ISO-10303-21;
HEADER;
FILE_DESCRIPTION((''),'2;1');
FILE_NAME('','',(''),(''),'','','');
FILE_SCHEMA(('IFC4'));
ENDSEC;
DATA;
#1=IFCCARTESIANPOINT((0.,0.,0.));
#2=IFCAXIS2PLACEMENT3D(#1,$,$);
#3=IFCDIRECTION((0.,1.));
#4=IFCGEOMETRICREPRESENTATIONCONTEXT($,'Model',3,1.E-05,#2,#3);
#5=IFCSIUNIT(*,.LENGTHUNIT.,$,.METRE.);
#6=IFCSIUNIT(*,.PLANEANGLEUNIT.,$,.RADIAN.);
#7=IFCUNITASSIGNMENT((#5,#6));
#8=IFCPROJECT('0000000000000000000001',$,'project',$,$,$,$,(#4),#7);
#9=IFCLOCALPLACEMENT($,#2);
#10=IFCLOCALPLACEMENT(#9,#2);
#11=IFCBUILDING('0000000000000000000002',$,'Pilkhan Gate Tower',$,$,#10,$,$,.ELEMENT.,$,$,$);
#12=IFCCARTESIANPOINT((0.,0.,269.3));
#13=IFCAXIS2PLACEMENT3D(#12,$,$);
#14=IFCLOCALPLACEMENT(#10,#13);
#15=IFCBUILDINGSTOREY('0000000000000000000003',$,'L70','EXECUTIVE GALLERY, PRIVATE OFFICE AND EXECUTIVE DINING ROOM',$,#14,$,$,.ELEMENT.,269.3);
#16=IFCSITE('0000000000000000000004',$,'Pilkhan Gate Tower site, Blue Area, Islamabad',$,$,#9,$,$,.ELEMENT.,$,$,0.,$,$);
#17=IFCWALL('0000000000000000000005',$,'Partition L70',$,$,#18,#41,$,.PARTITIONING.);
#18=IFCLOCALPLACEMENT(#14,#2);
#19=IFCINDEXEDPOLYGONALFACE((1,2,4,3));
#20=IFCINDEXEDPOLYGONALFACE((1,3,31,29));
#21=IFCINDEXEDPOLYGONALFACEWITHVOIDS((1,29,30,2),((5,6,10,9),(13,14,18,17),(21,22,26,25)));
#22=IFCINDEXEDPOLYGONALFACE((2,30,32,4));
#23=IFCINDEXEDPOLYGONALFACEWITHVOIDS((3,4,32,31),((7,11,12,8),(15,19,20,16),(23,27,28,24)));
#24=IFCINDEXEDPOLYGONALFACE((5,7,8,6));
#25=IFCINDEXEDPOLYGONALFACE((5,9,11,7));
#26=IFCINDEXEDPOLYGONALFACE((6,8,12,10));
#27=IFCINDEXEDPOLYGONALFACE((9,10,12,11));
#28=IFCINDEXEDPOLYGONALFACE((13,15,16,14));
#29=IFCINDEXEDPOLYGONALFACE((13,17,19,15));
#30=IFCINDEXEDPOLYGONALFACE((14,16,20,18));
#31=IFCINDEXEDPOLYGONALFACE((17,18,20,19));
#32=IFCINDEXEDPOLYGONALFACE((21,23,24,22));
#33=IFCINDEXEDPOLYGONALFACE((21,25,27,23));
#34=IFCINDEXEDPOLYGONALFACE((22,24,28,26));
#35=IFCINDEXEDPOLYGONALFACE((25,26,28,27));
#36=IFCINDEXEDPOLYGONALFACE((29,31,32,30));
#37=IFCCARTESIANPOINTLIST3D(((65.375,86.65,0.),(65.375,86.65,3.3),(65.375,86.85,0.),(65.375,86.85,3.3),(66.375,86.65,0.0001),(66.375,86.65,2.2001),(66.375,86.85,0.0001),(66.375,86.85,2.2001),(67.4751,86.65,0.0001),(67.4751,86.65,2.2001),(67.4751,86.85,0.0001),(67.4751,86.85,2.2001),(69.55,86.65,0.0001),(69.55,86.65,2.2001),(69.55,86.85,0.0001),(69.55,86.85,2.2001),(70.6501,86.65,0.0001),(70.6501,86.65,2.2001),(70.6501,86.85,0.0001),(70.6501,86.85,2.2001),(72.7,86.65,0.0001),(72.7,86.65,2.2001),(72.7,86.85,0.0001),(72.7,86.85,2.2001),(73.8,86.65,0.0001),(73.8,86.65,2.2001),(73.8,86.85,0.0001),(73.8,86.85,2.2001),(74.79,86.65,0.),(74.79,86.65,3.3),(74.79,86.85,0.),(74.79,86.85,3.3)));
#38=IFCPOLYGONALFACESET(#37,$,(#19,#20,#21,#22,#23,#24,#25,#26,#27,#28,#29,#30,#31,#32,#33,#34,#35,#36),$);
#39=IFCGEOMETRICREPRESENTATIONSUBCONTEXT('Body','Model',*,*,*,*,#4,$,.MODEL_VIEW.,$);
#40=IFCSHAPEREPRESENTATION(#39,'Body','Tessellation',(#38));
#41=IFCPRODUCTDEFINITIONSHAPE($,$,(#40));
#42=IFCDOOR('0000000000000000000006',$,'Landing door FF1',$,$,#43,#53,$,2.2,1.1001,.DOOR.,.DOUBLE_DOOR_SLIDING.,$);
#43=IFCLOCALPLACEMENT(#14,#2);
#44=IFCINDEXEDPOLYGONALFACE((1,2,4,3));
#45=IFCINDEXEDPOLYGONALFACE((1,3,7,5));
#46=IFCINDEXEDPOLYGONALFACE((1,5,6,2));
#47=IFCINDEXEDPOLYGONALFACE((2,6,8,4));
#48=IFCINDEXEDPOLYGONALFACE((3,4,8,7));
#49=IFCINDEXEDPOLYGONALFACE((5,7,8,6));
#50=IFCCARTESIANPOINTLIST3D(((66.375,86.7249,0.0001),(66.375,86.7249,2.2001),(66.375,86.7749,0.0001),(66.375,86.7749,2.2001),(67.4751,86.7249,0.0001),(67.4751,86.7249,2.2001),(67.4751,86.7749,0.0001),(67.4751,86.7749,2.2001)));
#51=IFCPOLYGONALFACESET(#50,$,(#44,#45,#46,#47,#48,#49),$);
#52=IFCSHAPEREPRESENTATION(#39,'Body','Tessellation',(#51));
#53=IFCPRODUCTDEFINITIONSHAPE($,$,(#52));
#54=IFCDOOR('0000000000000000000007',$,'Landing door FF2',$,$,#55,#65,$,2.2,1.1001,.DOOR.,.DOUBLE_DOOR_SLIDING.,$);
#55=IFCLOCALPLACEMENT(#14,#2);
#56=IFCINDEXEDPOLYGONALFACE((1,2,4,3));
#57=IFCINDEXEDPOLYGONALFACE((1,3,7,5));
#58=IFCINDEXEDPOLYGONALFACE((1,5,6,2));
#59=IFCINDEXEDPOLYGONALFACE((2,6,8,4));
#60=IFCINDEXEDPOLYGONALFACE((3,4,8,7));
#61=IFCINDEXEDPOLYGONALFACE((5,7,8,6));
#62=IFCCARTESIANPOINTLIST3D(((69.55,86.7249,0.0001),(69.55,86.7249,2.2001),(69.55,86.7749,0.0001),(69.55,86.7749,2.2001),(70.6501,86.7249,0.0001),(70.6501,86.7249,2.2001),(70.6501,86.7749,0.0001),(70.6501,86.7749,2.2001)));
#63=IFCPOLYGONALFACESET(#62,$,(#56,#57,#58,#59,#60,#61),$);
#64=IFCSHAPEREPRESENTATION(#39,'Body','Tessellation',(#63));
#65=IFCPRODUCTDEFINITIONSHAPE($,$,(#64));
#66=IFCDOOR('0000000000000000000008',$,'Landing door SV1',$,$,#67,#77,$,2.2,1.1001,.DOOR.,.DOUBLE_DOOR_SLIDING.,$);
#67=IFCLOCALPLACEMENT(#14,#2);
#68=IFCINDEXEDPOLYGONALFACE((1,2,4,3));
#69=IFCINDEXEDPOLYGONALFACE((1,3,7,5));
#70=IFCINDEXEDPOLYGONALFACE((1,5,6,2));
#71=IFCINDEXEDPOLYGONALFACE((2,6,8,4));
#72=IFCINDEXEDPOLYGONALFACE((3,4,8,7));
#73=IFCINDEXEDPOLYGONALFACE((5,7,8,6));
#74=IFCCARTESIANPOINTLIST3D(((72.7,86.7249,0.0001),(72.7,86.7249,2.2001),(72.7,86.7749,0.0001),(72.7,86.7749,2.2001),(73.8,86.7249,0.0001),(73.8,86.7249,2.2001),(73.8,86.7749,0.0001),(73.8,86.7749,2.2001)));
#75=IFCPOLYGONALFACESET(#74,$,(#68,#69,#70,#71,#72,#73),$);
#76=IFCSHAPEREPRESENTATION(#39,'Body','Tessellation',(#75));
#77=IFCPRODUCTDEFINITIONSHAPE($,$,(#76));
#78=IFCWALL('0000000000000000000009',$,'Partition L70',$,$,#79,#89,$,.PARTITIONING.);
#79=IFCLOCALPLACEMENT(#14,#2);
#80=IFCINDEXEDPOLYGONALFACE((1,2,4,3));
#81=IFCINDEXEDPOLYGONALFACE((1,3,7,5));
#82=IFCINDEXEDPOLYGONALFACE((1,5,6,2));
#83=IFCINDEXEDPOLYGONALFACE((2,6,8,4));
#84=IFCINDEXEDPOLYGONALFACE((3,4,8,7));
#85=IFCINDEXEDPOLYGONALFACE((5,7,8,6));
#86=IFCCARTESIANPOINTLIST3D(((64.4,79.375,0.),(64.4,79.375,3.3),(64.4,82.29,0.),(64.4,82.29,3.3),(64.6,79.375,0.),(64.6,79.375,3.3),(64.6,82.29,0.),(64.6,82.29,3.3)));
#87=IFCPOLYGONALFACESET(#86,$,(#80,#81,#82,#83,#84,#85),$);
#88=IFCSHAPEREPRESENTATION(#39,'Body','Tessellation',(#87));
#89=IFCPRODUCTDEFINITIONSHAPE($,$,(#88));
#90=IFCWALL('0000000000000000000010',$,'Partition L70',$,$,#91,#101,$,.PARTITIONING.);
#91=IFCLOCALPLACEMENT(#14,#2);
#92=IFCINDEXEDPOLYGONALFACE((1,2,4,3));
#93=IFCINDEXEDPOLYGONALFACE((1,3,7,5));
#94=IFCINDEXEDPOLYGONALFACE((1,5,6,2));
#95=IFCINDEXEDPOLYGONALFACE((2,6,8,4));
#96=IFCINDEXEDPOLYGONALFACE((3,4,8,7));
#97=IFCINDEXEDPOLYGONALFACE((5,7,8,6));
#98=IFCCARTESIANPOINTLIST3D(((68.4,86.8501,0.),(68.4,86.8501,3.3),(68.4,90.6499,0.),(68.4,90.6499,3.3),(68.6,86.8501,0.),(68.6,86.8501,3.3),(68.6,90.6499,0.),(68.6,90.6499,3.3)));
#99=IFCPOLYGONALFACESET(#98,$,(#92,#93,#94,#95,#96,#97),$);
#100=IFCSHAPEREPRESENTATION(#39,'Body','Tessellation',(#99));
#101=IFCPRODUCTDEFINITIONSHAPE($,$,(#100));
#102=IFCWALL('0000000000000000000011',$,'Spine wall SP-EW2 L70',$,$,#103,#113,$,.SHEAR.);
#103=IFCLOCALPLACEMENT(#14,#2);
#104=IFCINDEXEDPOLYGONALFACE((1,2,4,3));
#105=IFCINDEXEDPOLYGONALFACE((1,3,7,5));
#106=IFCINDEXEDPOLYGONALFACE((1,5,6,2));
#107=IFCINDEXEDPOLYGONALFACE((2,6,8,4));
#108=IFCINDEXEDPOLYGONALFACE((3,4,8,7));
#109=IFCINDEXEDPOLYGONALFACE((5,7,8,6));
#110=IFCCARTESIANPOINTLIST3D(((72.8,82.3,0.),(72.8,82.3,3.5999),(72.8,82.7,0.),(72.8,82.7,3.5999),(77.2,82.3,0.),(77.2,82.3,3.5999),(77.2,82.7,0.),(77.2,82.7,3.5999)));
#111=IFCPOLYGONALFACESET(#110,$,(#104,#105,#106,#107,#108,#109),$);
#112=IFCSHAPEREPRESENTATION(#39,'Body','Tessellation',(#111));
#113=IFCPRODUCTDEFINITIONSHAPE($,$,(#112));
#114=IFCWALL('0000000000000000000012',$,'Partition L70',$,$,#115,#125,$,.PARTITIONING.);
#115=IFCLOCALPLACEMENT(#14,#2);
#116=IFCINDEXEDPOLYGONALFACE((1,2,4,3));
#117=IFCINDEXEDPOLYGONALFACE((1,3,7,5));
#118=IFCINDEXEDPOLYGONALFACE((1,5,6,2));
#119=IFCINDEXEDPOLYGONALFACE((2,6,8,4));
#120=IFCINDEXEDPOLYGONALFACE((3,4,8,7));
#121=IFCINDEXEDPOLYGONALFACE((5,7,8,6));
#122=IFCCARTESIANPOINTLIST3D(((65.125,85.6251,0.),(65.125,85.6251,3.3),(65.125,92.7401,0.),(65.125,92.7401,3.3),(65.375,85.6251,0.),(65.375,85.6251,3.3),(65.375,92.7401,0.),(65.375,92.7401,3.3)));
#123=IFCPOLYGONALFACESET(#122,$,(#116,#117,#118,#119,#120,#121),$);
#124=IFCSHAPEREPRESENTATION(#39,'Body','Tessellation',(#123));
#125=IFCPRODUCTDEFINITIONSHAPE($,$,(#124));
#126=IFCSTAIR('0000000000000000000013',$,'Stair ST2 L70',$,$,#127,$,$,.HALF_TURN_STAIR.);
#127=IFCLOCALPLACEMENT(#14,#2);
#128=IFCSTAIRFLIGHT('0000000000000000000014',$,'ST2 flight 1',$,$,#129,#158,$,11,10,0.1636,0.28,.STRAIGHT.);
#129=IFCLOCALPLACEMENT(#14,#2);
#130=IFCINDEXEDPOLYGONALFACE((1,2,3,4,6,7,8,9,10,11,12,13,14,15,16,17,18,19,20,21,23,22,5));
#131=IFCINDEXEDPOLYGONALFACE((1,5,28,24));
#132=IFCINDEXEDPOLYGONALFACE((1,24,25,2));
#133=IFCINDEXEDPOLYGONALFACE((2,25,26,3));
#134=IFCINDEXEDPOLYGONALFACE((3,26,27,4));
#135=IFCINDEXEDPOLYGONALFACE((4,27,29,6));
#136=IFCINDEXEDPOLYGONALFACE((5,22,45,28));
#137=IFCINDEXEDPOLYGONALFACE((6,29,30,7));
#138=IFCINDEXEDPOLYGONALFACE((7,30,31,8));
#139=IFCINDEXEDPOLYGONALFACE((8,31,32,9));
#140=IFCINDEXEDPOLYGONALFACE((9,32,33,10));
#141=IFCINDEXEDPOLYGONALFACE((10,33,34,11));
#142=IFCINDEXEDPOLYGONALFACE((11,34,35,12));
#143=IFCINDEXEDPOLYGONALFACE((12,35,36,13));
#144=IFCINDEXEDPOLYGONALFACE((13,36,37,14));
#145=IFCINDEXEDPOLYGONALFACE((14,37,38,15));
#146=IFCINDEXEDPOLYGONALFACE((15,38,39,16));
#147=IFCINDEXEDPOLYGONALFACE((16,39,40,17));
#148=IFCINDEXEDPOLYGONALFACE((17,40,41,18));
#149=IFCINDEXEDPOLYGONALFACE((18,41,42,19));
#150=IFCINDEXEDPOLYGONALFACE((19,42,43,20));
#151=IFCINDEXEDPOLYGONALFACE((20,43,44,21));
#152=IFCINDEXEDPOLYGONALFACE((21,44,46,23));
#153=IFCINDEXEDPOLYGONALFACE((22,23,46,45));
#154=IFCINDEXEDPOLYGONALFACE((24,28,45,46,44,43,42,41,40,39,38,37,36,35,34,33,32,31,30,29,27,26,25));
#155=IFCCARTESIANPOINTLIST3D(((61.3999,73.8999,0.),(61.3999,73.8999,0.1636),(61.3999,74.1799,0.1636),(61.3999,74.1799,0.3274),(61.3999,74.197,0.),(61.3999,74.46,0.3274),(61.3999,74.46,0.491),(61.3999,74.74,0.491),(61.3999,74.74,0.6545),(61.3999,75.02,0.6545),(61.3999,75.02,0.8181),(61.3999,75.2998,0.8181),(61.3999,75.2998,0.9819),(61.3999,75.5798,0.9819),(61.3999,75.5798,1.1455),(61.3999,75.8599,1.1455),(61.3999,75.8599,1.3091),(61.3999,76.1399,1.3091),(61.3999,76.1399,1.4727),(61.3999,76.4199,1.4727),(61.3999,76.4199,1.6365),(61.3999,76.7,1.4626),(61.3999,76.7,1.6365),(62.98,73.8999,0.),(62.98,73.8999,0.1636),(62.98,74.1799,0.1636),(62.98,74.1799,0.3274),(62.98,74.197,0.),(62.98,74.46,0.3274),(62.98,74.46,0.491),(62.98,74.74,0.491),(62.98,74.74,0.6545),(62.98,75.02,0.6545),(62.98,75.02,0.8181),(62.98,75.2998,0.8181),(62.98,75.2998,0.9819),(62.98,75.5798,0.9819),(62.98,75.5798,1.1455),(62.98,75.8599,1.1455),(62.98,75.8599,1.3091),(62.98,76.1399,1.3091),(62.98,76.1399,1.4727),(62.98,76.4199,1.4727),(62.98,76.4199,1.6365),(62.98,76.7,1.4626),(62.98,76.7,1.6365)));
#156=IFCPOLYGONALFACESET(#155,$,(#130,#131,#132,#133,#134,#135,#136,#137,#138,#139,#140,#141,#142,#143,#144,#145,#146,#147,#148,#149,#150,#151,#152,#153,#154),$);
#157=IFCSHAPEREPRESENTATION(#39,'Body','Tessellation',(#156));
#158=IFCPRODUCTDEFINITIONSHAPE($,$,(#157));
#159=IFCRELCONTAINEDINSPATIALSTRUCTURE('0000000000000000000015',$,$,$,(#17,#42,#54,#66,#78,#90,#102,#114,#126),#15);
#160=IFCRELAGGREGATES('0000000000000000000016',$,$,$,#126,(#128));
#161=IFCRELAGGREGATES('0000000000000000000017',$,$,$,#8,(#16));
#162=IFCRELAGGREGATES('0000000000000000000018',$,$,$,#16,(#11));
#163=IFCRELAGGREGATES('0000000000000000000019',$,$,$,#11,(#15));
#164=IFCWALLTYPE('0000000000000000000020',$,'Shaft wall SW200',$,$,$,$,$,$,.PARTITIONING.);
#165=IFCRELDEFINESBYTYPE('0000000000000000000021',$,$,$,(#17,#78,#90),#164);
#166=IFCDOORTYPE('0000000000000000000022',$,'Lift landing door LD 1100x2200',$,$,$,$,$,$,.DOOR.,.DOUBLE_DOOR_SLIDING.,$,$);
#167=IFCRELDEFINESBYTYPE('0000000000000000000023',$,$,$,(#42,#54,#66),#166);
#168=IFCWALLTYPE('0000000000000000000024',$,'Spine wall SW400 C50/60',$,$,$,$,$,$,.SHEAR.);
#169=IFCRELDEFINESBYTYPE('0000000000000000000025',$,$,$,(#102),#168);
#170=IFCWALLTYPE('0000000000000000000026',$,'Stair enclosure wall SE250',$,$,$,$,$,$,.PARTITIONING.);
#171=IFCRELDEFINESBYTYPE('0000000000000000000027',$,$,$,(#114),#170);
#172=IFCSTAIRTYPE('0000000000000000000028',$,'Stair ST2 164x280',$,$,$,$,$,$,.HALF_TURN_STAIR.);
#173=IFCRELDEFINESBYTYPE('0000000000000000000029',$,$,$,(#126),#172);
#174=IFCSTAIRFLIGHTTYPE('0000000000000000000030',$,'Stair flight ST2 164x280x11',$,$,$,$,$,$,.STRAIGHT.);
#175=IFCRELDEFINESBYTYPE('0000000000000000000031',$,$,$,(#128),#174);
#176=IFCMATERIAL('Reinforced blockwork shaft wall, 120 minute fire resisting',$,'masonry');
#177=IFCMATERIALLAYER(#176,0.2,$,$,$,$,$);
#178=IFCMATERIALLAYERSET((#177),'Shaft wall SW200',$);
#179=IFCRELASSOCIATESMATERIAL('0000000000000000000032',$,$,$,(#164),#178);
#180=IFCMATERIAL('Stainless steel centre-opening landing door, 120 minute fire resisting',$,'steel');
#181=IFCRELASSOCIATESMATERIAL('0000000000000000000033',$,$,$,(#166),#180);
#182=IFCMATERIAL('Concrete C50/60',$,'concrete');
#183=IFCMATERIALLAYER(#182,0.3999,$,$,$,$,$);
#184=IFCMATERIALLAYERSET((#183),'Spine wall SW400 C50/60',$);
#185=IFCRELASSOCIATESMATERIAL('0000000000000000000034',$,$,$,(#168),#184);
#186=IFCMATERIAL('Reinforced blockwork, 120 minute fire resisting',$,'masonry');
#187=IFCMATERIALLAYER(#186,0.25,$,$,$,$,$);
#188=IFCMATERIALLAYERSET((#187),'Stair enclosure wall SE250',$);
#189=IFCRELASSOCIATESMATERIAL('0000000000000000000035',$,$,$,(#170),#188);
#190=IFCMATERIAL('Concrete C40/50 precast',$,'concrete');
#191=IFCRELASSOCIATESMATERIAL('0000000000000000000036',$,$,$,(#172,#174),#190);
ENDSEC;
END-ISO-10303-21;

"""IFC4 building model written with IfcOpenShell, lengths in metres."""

from ifc_helpers import new_model, si_unit, direction, frame, frame_2d, origin, place, context, subcontext, project, spatial, polyline, rectangle, outline, extrude, material, layer, layer_set, type_object, element, fill, aggregate, save


model = new_model("IFC4")

# Units and contexts
model_context = context("Model", 3, precision=1e-05, world=origin(), true_north=direction((0.0, 1.0)))
body_context = subcontext(model_context, "Body", "Model", "MODEL_VIEW")
ifc_project = project(units=[si_unit("LENGTHUNIT", "METRE"), si_unit("PLANEANGLEUNIT", "RADIAN")], contexts=[model_context])

# Site, building, storey
site_placement = place(None, origin())
site = spatial("IfcSite", under=ifc_project, at=site_placement, Name="Pilkhan Gate Tower site, Blue Area, Islamabad", CompositionType="ELEMENT", RefElevation=0.0)
building_placement = place(site_placement, origin())
building = spatial("IfcBuilding", under=site, at=building_placement, Name="Pilkhan Gate Tower", CompositionType="ELEMENT")
storey_placement = place(building_placement, frame((0.0, 0.0, 269.3)))
storey = spatial("IfcBuildingStorey", under=building, at=storey_placement, Name="L70", Description="EXECUTIVE GALLERY, PRIVATE OFFICE AND EXECUTIVE DINING ROOM", CompositionType="ELEMENT", Elevation=269.3)

# Shared definitions
ifc_material_1 = material(Name="Concrete C50/60", Category="concrete")

# Wall, openings, doors
ifc_material_2 = material(Name="Reinforced blockwork shaft wall, 120 minute fire resisting", Category="masonry")
ifc_layer_1 = layer(ifc_material_2, 0.2)
ifc_layer_set_1 = layer_set([ifc_layer_1], Name="Shaft wall SW200")
wall_type_1 = type_object("IfcWallType", Name="Shaft wall SW200", PredefinedType="PARTITIONING", material=ifc_layer_set_1)
wall_1_placement = place(storey_placement, frame((65.375, 86.75, 0.0), z_axis=(0.0, 0.0, 1.0), x_axis=(1.0, 0.0, 0.0)))
wall_1 = element("IfcWall", 1, at=wall_1_placement, inside=storey, type_object=wall_type_1, Name="Partition L70", PredefinedType="PARTITIONING", context=body_context, shape_type="SweptSolid", body=[
    extrude(rectangle(XDim=9.415, YDim=0.2, at=frame_2d((4.7075, 0.0))), origin(), (0.0, 0.0, 1.0), 3.3),
])
opening_1_placement = place(wall_1_placement, frame((1.0, 0.0, 0.0)))
opening_1 = element("IfcOpeningElement", 2, at=opening_1_placement, cuts=wall_1, PredefinedType="OPENING", context=body_context, shape_type="SweptSolid", body=[
    extrude(rectangle(XDim=1.1001, YDim=2.2, at=frame_2d((0.55, 1.1001))), frame((0.0, 0.1099, 0.0), z_axis=(0.0, -1.0, 0.0), x_axis=(1.0, 0.0, 0.0)), (0.0, 0.0, 1.0), 0.22),
])
opening_2_placement = place(wall_1_placement, frame((4.175, 0.0, 0.0)))
opening_2 = element("IfcOpeningElement", 3, at=opening_2_placement, cuts=wall_1, PredefinedType="OPENING", context=body_context, shape_type="SweptSolid", body=[
    extrude(rectangle(XDim=1.1001, YDim=2.2, at=frame_2d((0.55, 1.1001))), frame((0.0, 0.1099, 0.0), z_axis=(0.0, -1.0, 0.0), x_axis=(1.0, 0.0, 0.0)), (0.0, 0.0, 1.0), 0.22),
])
opening_3_placement = place(wall_1_placement, frame((7.325, 0.0, 0.0)))
opening_3 = element("IfcOpeningElement", 4, at=opening_3_placement, cuts=wall_1, PredefinedType="OPENING", context=body_context, shape_type="SweptSolid", body=[
    extrude(rectangle(XDim=1.1001, YDim=2.2, at=frame_2d((0.55, 1.1001))), frame((0.0, 0.1099, 0.0), z_axis=(0.0, -1.0, 0.0), x_axis=(1.0, 0.0, 0.0)), (0.0, 0.0, 1.0), 0.22),
])
ifc_material_3 = material(Name="Stainless steel centre-opening landing door, 120 minute fire resisting", Category="steel")
door_type_1 = type_object("IfcDoorType", Name="Lift landing door LD 1100x2200", OperationType="DOUBLE_DOOR_SLIDING", PredefinedType="DOOR", material=ifc_material_3)
door_1_placement = place(opening_1_placement, origin())
door_1 = element("IfcDoor", 5, at=door_1_placement, inside=storey, type_object=door_type_1, Name="Landing door FF1", OperationType="DOUBLE_DOOR_SLIDING", OverallHeight=2.2, OverallWidth=1.1001, PredefinedType="DOOR", context=body_context, shape_type="SweptSolid", body=[
    extrude(rectangle(XDim=1.1001, YDim=2.2, at=frame_2d((0.55, 1.1001))), frame((0.0, 0.0249, 0.0), z_axis=(0.0, -1.0, 0.0), x_axis=(1.0, 0.0, 0.0)), (0.0, 0.0, 1.0), 0.05),
])
fill(opening_1, door_1)
door_2_placement = place(opening_2_placement, origin())
door_2 = element("IfcDoor", 6, at=door_2_placement, inside=storey, type_object=door_type_1, Name="Landing door FF2", OperationType="DOUBLE_DOOR_SLIDING", OverallHeight=2.2, OverallWidth=1.1001, PredefinedType="DOOR", context=body_context, shape_type="SweptSolid", body=[
    extrude(rectangle(XDim=1.1001, YDim=2.2, at=frame_2d((0.55, 1.1001))), frame((0.0, 0.0249, 0.0), z_axis=(0.0, -1.0, 0.0), x_axis=(1.0, 0.0, 0.0)), (0.0, 0.0, 1.0), 0.05),
])
fill(opening_2, door_2)
door_3_placement = place(opening_3_placement, origin())
door_3 = element("IfcDoor", 7, at=door_3_placement, inside=storey, type_object=door_type_1, Name="Landing door SV1", OperationType="DOUBLE_DOOR_SLIDING", OverallHeight=2.2, OverallWidth=1.1001, PredefinedType="DOOR", context=body_context, shape_type="SweptSolid", body=[
    extrude(rectangle(XDim=1.1001, YDim=2.2, at=frame_2d((0.55, 1.1001))), frame((0.0, 0.0249, 0.0), z_axis=(0.0, -1.0, 0.0), x_axis=(1.0, 0.0, 0.0)), (0.0, 0.0, 1.0), 0.05),
])
fill(opening_3, door_3)

# Walls
wall_2_placement = place(storey_placement, frame((64.5, 79.375, 0.0), z_axis=(0.0, 0.0, 1.0), x_axis=(0.0, 1.0, 0.0)))
element("IfcWall", 8, at=wall_2_placement, inside=storey, type_object=wall_type_1, Name="Partition L70", PredefinedType="PARTITIONING", context=body_context, shape_type="SweptSolid", body=[
    extrude(rectangle(XDim=2.915, YDim=0.2, at=frame_2d((1.4575, 0.0))), origin(), (0.0, 0.0, 1.0), 3.3),
])
wall_3_placement = place(storey_placement, frame((68.5, 86.8501, 0.0), z_axis=(0.0, 0.0, 1.0), x_axis=(0.0, 1.0, 0.0)))
element("IfcWall", 9, at=wall_3_placement, inside=storey, type_object=wall_type_1, Name="Partition L70", PredefinedType="PARTITIONING", context=body_context, shape_type="SweptSolid", body=[
    extrude(rectangle(XDim=3.7998, YDim=0.2, at=frame_2d((1.8999, 0.0))), origin(), (0.0, 0.0, 1.0), 3.3),
])
ifc_layer_2 = layer(ifc_material_1, 0.3999)
ifc_layer_set_2 = layer_set([ifc_layer_2], Name="Spine wall SW400 C50/60")
wall_type_2 = type_object("IfcWallType", Name="Spine wall SW400 C50/60", PredefinedType="SHEAR", material=ifc_layer_set_2)
wall_4_placement = place(storey_placement, frame((72.8, 82.5, 0.0), z_axis=(0.0, 0.0, 1.0), x_axis=(1.0, 0.0, 0.0)))
element("IfcWall", 10, at=wall_4_placement, inside=storey, type_object=wall_type_2, Name="Spine wall SP-EW2 L70", PredefinedType="SHEAR", context=body_context, shape_type="SweptSolid", body=[
    extrude(rectangle(XDim=4.3999, YDim=0.3999, at=frame_2d((2.2, 0.0))), origin(), (0.0, 0.0, 1.0), 3.5999),
])
ifc_material_4 = material(Name="Reinforced blockwork, 120 minute fire resisting", Category="masonry")
ifc_layer_3 = layer(ifc_material_4, 0.25)
ifc_layer_set_3 = layer_set([ifc_layer_3], Name="Stair enclosure wall SE250")
wall_type_3 = type_object("IfcWallType", Name="Stair enclosure wall SE250", PredefinedType="PARTITIONING", material=ifc_layer_set_3)
wall_5_placement = place(storey_placement, frame((65.25, 85.625, 0.0), z_axis=(0.0, 0.0, 1.0), x_axis=(0.0, 1.0, 0.0)))
element("IfcWall", 11, at=wall_5_placement, inside=storey, type_object=wall_type_3, Name="Partition L70", PredefinedType="PARTITIONING", context=body_context, shape_type="SweptSolid", body=[
    extrude(rectangle(XDim=7.115, YDim=0.25, at=frame_2d((3.5576, 0.0))), origin(), (0.0, 0.0, 1.0), 3.3),
])

# Stair, stair flight
ifc_material_5 = material(Name="Concrete C40/50 precast", Category="concrete")
stair_type = type_object("IfcStairType", Name="Stair ST2 164x280", PredefinedType="HALF_TURN_STAIR", material=ifc_material_5)
stair_placement = place(storey_placement, origin())
stair = element("IfcStair", 12, at=stair_placement, inside=storey, type_object=stair_type, Name="Stair ST2 L70", PredefinedType="HALF_TURN_STAIR")
stair_flight_type = type_object("IfcStairFlightType", Name="Stair flight ST2 164x280x11", PredefinedType="STRAIGHT", material=ifc_material_5)
stair_flight_1_placement = place(storey_placement, frame((62.1899, 73.8999, 0.0), z_axis=(0.0, 0.0, 1.0), x_axis=(0.0, 1.0, 0.0)))
stair_flight_1 = element("IfcStairFlight", 13, at=stair_flight_1_placement, type_object=stair_flight_type, Name="ST2 flight 1", NumberOfRisers=11, NumberOfTreads=10, PredefinedType="STRAIGHT", RiserHeight=0.1636, TreadLength=0.28, context=body_context, shape_type="SweptSolid", body=[
    extrude(outline(polyline([(0.0, 0.0), (0.0, 0.1636), (0.28, 0.1636), (0.28, 0.3274), (0.5601, 0.3274), (0.5601, 0.491), (0.8401, 0.491), (0.8401, 0.6545), (1.1201, 0.6545), (1.1201, 0.8181), (1.3999, 0.8181), (1.3999, 0.9819), (1.6799, 0.9819), (1.6799, 1.1455), (1.96, 1.1455), (1.96, 1.3091), (2.24, 1.3091), (2.24, 1.4727), (2.52, 1.4727), (2.52, 1.6365), (2.8, 1.6365), (2.8, 1.8), (2.8, 1.4626), (0.2971, 0.0), (0.0, 0.0)])), frame((0.0, 0.79, 0.0), z_axis=(0.0, -1.0, 0.0), x_axis=(1.0, 0.0, 0.0)), (0.0, 0.0, 1.0), 1.5801),
])
aggregate(stair, [stair_flight_1])

save(model, "model.ifc")
